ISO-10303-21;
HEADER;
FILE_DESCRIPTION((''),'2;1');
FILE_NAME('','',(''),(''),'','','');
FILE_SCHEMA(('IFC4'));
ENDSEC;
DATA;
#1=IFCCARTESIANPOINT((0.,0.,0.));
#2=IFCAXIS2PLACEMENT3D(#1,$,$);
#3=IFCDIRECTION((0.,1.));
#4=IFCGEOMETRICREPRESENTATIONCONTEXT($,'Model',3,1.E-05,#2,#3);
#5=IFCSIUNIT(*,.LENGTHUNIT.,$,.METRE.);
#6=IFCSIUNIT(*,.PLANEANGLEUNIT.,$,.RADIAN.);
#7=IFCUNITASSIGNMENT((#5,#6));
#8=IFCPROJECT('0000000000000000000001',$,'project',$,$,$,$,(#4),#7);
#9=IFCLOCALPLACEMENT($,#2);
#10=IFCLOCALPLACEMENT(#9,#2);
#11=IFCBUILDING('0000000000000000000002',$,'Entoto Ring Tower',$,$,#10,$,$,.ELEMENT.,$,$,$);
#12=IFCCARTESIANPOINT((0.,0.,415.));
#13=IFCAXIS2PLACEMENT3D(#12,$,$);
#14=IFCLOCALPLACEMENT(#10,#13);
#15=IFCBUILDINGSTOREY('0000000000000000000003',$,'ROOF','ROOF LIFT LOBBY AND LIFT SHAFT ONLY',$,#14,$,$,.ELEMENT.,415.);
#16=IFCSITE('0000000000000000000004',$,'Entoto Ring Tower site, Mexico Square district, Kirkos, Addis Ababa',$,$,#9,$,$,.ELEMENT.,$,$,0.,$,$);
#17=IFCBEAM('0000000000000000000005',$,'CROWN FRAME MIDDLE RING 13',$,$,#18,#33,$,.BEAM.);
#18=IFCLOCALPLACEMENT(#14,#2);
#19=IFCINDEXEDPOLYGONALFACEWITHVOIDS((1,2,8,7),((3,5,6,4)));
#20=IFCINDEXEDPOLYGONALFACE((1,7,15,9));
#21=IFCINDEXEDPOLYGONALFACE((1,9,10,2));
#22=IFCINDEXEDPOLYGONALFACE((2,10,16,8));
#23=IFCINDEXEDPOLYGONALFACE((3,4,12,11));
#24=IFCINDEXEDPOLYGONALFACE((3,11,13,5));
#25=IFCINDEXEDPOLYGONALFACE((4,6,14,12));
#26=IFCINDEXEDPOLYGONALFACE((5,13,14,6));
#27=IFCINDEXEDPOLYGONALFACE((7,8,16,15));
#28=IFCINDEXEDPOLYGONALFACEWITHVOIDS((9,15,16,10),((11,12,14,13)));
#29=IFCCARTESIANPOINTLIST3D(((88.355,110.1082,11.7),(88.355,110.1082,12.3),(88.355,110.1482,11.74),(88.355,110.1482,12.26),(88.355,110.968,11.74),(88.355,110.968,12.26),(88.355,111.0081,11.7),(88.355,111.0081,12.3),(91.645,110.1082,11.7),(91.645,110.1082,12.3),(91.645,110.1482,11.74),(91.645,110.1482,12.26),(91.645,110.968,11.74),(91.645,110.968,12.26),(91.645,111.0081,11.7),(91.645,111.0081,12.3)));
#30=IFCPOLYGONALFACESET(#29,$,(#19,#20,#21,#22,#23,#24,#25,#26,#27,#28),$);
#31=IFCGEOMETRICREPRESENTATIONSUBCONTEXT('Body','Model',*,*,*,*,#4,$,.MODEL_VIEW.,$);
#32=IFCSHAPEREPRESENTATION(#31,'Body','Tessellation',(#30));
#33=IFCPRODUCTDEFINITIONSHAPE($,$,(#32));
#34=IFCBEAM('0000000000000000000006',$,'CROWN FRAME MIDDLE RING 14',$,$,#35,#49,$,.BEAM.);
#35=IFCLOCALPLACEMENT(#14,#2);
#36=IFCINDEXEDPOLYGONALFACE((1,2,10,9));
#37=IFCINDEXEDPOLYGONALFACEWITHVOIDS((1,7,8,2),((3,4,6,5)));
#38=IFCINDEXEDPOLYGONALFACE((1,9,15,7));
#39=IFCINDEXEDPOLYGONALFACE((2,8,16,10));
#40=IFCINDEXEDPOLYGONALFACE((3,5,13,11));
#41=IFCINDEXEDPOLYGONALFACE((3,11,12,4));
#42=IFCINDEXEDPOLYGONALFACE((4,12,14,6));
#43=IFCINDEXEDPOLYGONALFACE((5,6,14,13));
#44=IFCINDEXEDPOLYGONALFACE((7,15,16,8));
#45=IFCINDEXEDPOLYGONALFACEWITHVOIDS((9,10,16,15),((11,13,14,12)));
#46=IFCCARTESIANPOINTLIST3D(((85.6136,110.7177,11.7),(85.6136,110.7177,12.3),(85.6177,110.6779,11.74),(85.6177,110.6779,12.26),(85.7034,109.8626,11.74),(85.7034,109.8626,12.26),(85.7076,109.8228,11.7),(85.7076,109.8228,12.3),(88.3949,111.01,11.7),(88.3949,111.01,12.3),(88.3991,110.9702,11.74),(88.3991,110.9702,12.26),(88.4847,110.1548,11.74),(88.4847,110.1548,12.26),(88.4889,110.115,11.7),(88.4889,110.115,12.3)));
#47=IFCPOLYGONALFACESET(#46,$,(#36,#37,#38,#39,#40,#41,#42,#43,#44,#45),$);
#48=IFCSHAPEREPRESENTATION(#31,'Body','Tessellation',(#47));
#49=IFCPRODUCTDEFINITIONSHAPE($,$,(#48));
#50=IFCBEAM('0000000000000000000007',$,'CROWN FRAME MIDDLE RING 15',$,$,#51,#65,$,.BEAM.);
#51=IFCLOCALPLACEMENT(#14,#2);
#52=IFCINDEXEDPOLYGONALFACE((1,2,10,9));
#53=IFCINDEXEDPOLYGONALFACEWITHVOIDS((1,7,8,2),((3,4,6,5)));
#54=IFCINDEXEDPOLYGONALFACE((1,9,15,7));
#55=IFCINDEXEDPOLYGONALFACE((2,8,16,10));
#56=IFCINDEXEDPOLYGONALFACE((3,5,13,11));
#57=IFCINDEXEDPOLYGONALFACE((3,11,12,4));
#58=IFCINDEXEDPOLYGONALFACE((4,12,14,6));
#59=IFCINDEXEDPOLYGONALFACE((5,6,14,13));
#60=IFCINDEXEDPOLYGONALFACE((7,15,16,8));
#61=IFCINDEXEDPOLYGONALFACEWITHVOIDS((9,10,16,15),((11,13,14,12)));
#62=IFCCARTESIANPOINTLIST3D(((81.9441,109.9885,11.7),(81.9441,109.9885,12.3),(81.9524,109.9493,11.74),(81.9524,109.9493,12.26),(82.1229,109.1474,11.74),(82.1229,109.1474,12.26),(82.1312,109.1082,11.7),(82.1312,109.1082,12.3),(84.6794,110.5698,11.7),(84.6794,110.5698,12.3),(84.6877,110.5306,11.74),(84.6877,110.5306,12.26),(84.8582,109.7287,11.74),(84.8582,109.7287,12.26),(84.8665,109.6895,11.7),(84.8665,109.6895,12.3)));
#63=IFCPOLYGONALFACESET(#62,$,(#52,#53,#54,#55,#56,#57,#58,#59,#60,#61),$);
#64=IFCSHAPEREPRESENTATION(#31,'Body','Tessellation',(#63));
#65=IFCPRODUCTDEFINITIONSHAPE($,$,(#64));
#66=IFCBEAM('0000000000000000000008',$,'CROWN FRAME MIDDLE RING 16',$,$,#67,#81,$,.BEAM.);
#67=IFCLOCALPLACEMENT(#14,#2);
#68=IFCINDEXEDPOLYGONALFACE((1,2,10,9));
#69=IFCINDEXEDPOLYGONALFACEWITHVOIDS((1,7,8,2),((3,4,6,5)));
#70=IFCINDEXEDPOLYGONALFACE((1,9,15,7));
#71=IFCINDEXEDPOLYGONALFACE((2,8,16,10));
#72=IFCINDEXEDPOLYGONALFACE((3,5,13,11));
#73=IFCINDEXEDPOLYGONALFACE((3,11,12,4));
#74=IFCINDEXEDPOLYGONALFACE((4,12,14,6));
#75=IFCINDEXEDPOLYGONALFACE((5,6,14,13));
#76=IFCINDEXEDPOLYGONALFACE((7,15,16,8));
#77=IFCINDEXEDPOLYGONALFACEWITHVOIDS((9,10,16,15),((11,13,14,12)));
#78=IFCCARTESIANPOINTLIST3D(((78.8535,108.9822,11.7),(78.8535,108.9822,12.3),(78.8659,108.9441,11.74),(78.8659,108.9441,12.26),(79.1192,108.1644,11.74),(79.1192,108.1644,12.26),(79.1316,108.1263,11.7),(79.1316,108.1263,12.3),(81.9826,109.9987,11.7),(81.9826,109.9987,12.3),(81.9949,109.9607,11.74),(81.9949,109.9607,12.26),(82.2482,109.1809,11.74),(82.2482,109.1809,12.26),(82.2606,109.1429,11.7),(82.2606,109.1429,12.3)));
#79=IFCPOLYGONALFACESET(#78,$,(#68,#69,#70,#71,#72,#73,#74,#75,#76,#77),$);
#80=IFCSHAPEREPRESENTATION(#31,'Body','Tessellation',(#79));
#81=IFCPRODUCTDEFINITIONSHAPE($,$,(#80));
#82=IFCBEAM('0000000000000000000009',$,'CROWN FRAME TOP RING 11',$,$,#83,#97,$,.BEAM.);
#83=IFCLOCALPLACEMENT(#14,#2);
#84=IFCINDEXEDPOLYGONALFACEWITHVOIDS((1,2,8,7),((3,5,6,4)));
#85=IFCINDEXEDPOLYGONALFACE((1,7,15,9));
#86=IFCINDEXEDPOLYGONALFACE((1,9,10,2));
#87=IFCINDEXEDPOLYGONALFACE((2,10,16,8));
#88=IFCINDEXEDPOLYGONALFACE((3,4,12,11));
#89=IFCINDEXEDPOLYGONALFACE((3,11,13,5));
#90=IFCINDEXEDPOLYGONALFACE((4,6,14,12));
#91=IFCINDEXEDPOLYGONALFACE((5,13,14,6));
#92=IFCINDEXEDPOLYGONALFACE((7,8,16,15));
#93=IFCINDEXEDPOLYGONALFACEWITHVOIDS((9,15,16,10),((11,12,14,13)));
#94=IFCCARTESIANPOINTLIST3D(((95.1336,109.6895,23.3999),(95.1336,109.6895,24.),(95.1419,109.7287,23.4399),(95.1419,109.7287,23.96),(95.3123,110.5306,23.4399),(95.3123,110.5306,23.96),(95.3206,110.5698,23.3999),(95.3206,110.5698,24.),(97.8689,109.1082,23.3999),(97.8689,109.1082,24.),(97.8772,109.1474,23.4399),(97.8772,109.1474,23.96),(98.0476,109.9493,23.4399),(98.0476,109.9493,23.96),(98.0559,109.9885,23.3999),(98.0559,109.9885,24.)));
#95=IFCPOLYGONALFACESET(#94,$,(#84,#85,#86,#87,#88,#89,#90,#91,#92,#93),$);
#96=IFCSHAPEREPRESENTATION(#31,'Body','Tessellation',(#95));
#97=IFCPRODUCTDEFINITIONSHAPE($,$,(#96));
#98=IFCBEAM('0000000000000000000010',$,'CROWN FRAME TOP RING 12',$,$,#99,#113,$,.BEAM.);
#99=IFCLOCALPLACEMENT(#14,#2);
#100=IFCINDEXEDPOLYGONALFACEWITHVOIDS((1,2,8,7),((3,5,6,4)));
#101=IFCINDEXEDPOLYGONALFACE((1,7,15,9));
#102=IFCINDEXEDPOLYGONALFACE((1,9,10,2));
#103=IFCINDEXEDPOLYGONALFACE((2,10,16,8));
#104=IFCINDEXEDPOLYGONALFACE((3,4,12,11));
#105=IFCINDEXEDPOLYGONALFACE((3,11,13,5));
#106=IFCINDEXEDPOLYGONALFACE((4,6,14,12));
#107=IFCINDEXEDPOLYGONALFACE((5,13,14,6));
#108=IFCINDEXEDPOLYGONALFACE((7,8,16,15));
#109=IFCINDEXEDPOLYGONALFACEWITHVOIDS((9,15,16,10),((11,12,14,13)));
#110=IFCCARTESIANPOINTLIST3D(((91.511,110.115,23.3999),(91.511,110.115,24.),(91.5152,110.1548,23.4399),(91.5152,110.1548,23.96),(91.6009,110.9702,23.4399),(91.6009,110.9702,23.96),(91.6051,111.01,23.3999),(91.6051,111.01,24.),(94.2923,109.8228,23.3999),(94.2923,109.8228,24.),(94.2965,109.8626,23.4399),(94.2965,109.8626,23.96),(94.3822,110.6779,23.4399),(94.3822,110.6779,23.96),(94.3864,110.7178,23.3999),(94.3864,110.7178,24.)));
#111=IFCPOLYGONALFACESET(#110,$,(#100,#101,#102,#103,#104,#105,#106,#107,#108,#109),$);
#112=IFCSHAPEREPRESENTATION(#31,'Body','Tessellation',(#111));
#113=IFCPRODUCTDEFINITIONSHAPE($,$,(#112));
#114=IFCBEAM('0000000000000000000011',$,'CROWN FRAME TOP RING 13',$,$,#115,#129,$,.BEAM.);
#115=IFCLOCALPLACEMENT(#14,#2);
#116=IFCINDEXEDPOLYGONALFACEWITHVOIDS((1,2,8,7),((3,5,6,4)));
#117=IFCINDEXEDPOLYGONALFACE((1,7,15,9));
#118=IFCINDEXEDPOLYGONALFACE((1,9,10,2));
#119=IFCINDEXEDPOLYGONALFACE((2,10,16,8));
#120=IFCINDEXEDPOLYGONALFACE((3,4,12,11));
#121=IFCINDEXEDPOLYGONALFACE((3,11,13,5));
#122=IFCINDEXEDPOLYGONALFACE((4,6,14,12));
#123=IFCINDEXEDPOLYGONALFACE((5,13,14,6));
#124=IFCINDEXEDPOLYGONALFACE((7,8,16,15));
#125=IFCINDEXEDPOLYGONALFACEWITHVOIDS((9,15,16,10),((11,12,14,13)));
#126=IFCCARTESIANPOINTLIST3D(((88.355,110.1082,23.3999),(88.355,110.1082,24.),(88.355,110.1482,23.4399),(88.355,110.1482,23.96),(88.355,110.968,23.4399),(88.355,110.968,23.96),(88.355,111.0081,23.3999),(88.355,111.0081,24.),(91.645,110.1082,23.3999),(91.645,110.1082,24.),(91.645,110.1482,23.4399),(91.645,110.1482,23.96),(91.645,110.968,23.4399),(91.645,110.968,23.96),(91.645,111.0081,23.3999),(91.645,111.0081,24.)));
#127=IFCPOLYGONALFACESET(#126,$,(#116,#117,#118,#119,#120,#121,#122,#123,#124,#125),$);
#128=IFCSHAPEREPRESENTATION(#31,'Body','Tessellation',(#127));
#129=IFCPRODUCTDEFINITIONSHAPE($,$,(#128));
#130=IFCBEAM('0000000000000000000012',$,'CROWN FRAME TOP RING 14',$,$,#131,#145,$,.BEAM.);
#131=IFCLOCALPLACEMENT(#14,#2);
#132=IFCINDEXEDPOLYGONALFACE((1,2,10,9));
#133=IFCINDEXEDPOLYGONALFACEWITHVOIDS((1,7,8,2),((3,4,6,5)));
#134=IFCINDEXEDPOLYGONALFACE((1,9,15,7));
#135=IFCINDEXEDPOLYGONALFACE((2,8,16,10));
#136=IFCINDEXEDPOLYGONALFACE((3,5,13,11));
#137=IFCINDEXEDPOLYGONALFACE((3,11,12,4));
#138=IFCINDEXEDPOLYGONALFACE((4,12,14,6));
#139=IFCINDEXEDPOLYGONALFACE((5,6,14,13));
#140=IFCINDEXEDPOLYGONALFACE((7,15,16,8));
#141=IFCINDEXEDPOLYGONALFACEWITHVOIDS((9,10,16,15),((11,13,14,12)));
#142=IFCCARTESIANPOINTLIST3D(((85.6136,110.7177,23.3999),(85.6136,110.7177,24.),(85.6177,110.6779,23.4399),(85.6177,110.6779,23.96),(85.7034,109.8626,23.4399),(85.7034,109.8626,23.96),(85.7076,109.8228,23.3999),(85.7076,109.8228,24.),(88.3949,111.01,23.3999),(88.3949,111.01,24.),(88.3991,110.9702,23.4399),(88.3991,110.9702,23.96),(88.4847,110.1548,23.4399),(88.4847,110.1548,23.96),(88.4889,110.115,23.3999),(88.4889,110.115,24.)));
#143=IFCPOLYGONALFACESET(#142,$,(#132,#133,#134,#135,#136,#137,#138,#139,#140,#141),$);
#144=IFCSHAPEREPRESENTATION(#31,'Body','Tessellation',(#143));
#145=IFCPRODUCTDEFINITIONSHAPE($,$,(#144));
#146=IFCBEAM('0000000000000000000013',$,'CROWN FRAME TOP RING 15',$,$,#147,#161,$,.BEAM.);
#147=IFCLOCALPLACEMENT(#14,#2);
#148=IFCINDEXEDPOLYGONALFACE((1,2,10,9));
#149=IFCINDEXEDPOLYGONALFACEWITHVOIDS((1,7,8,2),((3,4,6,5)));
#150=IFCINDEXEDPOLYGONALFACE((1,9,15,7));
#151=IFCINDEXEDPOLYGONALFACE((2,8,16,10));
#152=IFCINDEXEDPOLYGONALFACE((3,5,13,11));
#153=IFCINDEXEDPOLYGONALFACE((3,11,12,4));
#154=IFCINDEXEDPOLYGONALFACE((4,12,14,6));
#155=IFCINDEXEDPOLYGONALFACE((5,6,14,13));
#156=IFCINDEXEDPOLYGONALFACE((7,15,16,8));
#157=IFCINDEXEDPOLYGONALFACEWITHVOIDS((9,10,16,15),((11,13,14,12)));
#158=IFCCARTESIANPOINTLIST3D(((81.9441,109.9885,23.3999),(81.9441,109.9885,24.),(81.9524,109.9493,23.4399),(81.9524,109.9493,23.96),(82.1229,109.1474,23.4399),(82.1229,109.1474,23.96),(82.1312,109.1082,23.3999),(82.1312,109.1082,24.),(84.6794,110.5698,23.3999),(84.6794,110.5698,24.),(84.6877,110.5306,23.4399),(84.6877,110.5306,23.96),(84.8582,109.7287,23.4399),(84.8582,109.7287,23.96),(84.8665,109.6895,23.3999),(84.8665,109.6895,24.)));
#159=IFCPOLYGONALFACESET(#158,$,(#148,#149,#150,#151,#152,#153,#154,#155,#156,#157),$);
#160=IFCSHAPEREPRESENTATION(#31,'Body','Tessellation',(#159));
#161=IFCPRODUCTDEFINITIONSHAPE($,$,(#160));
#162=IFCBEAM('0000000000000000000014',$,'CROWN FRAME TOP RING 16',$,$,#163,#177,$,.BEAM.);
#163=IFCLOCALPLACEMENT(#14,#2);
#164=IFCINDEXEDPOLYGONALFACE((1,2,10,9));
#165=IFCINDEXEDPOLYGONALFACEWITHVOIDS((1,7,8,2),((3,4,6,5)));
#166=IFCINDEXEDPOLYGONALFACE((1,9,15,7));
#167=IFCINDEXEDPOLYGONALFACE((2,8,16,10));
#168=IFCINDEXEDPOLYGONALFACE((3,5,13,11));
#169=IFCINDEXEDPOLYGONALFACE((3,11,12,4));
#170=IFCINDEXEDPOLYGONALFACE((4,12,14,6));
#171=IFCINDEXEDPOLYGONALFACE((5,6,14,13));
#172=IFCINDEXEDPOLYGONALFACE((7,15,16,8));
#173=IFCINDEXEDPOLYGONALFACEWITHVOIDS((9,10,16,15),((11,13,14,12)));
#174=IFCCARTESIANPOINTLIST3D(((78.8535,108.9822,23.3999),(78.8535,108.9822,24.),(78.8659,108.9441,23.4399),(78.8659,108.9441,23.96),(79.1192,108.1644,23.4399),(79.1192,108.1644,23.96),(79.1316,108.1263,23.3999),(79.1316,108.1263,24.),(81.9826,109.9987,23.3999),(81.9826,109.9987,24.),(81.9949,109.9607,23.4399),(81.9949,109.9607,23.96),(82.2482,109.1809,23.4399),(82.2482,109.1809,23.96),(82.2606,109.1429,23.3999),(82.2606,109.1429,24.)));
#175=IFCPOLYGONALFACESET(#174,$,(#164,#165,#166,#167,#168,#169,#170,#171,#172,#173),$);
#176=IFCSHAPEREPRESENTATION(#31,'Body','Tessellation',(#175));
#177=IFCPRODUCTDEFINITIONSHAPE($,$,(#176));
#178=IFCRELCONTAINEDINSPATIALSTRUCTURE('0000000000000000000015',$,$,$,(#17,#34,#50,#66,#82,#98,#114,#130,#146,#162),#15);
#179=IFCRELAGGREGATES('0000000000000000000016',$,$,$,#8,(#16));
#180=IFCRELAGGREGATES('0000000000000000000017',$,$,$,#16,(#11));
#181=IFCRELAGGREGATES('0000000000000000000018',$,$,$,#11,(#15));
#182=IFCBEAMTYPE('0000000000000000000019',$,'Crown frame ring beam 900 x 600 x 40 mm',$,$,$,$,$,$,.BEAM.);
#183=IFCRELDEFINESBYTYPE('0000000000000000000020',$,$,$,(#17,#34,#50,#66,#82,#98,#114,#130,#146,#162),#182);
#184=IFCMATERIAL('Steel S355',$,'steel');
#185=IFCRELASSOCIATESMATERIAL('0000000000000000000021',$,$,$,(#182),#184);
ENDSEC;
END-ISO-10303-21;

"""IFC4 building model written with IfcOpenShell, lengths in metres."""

from ifc_helpers import new_model, si_unit, direction, frame, origin, origin_2d, place, context, subcontext, project, spatial, hollow_rectangle, extrude, material, material_profile, profile_set, type_object, element, save


model = new_model("IFC4")

# Units and contexts
model_context = context("Model", 3, precision=1e-05, world=origin(), true_north=direction((0.0, 1.0)))
body_context = subcontext(model_context, "Body", "Model", "MODEL_VIEW")
ifc_project = project(units=[si_unit("LENGTHUNIT", "METRE"), si_unit("PLANEANGLEUNIT", "RADIAN")], contexts=[model_context])

# Site, building, storey
site_placement = place(None, origin())
site = spatial("IfcSite", under=ifc_project, at=site_placement, Name="Entoto Ring Tower site, Mexico Square district, Kirkos, Addis Ababa", CompositionType="ELEMENT", RefElevation=0.0)
building_placement = place(site_placement, origin())
building = spatial("IfcBuilding", under=site, at=building_placement, Name="Entoto Ring Tower", CompositionType="ELEMENT")
storey_placement = place(building_placement, frame((0.0, 0.0, 415.0)))
storey = spatial("IfcBuildingStorey", under=building, at=storey_placement, Name="ROOF", Description="ROOF LIFT LOBBY AND LIFT SHAFT ONLY", CompositionType="ELEMENT", Elevation=415.0)

# Beams
ifc_material_1 = material(Name="Steel S355", Category="steel")
ifc_material_profile_1 = material_profile(ifc_material_1, hollow_rectangle(XDim=0.8999, YDim=0.6001, WallThickness=0.04, at=origin_2d()), Name="Crown frame ring beam 900 x 600 x 40 mm")
ifc_profile_set_1 = profile_set([ifc_material_profile_1], Name="Steel S355")
beam_type_1 = type_object("IfcBeamType", Name="Crown frame ring beam 900 x 600 x 40 mm", PredefinedType="BEAM", material=ifc_profile_set_1)
beam_1_placement = place(storey_placement, frame((91.645, 110.5581, 12.0), z_axis=(-1.0, 0.0, 0.0), x_axis=(0.0, -1.0, 0.0)))
element("IfcBeam", 1, at=beam_1_placement, inside=storey, type_object=beam_type_1, Name="CROWN FRAME MIDDLE RING 13", PredefinedType="BEAM", context=body_context, shape_type="SweptSolid", body=[
    extrude(hollow_rectangle(XDim=0.8999, YDim=0.6001, WallThickness=0.04, at=origin_2d()), origin(), (0.0, 0.0, 1.0), 3.29),
])
beam_2_placement = place(storey_placement, frame((88.4419, 110.5625, 12.0), z_axis=(-0.994525, -0.104498, 0.0), x_axis=(0.104498, -0.994525, 0.0)))
element("IfcBeam", 2, at=beam_2_placement, inside=storey, type_object=beam_type_1, Name="CROWN FRAME MIDDLE RING 14", PredefinedType="BEAM", context=body_context, shape_type="SweptSolid", body=[
    extrude(hollow_rectangle(XDim=0.8999, YDim=0.6001, WallThickness=0.04, at=origin_2d()), origin(), (0.0, 0.0, 1.0), 2.7966),
])
beam_3_placement = place(storey_placement, frame((84.7729, 110.1296, 12.0), z_axis=(-0.978156, -0.207871, 0.0), x_axis=(0.207871, -0.978156, 0.0)))
element("IfcBeam", 3, at=beam_3_placement, inside=storey, type_object=beam_type_1, Name="CROWN FRAME MIDDLE RING 15", PredefinedType="BEAM", context=body_context, shape_type="SweptSolid", body=[
    extrude(hollow_rectangle(XDim=0.8999, YDim=0.6001, WallThickness=0.04, at=origin_2d()), origin(), (0.0, 0.0, 1.0), 2.7964),
])
beam_4_placement = place(storey_placement, frame((82.1216, 109.5708, 12.0), z_axis=(-0.951067, -0.308984, 0.0), x_axis=(0.308984, -0.951067, 0.0)))
element("IfcBeam", 4, at=beam_4_placement, inside=storey, type_object=beam_type_1, Name="CROWN FRAME MIDDLE RING 16", PredefinedType="BEAM", context=body_context, shape_type="SweptSolid", body=[
    extrude(hollow_rectangle(XDim=0.8999, YDim=0.6001, WallThickness=0.04, at=origin_2d()), origin(), (0.0, 0.0, 1.0), 3.29),
])
beam_5_placement = place(storey_placement, frame((97.9624, 109.5483, 23.7), z_axis=(-0.978156, 0.207871, 0.0), x_axis=(-0.207871, -0.978156, 0.0)))
element("IfcBeam", 5, at=beam_5_placement, inside=storey, type_object=beam_type_1, Name="CROWN FRAME TOP RING 11", PredefinedType="BEAM", context=body_context, shape_type="SweptSolid", body=[
    extrude(hollow_rectangle(XDim=0.8999, YDim=0.6001, WallThickness=0.04, at=origin_2d()), origin(), (0.0, 0.0, 1.0), 2.7964),
])
beam_6_placement = place(storey_placement, frame((94.3394, 110.2703, 23.7), z_axis=(-0.994525, 0.104498, 0.0), x_axis=(-0.104498, -0.994525, 0.0)))
element("IfcBeam", 6, at=beam_6_placement, inside=storey, type_object=beam_type_1, Name="CROWN FRAME TOP RING 12", PredefinedType="BEAM", context=body_context, shape_type="SweptSolid", body=[
    extrude(hollow_rectangle(XDim=0.8999, YDim=0.6001, WallThickness=0.04, at=origin_2d()), origin(), (0.0, 0.0, 1.0), 2.7966),
])
beam_7_placement = place(storey_placement, frame((91.645, 110.5581, 23.7), z_axis=(-1.0, 0.0, 0.0), x_axis=(0.0, -1.0, 0.0)))
element("IfcBeam", 7, at=beam_7_placement, inside=storey, type_object=beam_type_1, Name="CROWN FRAME TOP RING 13", PredefinedType="BEAM", context=body_context, shape_type="SweptSolid", body=[
    extrude(hollow_rectangle(XDim=0.8999, YDim=0.6001, WallThickness=0.04, at=origin_2d()), origin(), (0.0, 0.0, 1.0), 3.29),
])
beam_8_placement = place(storey_placement, frame((88.4419, 110.5625, 23.7), z_axis=(-0.994525, -0.104498, 0.0), x_axis=(0.104498, -0.994525, 0.0)))
element("IfcBeam", 8, at=beam_8_placement, inside=storey, type_object=beam_type_1, Name="CROWN FRAME TOP RING 14", PredefinedType="BEAM", context=body_context, shape_type="SweptSolid", body=[
    extrude(hollow_rectangle(XDim=0.8999, YDim=0.6001, WallThickness=0.04, at=origin_2d()), origin(), (0.0, 0.0, 1.0), 2.7966),
])
beam_9_placement = place(storey_placement, frame((84.7729, 110.1296, 23.7), z_axis=(-0.978156, -0.207871, 0.0), x_axis=(0.207871, -0.978156, 0.0)))
element("IfcBeam", 9, at=beam_9_placement, inside=storey, type_object=beam_type_1, Name="CROWN FRAME TOP RING 15", PredefinedType="BEAM", context=body_context, shape_type="SweptSolid", body=[
    extrude(hollow_rectangle(XDim=0.8999, YDim=0.6001, WallThickness=0.04, at=origin_2d()), origin(), (0.0, 0.0, 1.0), 2.7964),
])
beam_10_placement = place(storey_placement, frame((82.1216, 109.5708, 23.7), z_axis=(-0.951067, -0.308984, 0.0), x_axis=(0.308984, -0.951067, 0.0)))
element("IfcBeam", 10, at=beam_10_placement, inside=storey, type_object=beam_type_1, Name="CROWN FRAME TOP RING 16", PredefinedType="BEAM", context=body_context, shape_type="SweptSolid", body=[
    extrude(hollow_rectangle(XDim=0.8999, YDim=0.6001, WallThickness=0.04, at=origin_2d()), origin(), (0.0, 0.0, 1.0), 3.29),
])

save(model, "model.ifc")
